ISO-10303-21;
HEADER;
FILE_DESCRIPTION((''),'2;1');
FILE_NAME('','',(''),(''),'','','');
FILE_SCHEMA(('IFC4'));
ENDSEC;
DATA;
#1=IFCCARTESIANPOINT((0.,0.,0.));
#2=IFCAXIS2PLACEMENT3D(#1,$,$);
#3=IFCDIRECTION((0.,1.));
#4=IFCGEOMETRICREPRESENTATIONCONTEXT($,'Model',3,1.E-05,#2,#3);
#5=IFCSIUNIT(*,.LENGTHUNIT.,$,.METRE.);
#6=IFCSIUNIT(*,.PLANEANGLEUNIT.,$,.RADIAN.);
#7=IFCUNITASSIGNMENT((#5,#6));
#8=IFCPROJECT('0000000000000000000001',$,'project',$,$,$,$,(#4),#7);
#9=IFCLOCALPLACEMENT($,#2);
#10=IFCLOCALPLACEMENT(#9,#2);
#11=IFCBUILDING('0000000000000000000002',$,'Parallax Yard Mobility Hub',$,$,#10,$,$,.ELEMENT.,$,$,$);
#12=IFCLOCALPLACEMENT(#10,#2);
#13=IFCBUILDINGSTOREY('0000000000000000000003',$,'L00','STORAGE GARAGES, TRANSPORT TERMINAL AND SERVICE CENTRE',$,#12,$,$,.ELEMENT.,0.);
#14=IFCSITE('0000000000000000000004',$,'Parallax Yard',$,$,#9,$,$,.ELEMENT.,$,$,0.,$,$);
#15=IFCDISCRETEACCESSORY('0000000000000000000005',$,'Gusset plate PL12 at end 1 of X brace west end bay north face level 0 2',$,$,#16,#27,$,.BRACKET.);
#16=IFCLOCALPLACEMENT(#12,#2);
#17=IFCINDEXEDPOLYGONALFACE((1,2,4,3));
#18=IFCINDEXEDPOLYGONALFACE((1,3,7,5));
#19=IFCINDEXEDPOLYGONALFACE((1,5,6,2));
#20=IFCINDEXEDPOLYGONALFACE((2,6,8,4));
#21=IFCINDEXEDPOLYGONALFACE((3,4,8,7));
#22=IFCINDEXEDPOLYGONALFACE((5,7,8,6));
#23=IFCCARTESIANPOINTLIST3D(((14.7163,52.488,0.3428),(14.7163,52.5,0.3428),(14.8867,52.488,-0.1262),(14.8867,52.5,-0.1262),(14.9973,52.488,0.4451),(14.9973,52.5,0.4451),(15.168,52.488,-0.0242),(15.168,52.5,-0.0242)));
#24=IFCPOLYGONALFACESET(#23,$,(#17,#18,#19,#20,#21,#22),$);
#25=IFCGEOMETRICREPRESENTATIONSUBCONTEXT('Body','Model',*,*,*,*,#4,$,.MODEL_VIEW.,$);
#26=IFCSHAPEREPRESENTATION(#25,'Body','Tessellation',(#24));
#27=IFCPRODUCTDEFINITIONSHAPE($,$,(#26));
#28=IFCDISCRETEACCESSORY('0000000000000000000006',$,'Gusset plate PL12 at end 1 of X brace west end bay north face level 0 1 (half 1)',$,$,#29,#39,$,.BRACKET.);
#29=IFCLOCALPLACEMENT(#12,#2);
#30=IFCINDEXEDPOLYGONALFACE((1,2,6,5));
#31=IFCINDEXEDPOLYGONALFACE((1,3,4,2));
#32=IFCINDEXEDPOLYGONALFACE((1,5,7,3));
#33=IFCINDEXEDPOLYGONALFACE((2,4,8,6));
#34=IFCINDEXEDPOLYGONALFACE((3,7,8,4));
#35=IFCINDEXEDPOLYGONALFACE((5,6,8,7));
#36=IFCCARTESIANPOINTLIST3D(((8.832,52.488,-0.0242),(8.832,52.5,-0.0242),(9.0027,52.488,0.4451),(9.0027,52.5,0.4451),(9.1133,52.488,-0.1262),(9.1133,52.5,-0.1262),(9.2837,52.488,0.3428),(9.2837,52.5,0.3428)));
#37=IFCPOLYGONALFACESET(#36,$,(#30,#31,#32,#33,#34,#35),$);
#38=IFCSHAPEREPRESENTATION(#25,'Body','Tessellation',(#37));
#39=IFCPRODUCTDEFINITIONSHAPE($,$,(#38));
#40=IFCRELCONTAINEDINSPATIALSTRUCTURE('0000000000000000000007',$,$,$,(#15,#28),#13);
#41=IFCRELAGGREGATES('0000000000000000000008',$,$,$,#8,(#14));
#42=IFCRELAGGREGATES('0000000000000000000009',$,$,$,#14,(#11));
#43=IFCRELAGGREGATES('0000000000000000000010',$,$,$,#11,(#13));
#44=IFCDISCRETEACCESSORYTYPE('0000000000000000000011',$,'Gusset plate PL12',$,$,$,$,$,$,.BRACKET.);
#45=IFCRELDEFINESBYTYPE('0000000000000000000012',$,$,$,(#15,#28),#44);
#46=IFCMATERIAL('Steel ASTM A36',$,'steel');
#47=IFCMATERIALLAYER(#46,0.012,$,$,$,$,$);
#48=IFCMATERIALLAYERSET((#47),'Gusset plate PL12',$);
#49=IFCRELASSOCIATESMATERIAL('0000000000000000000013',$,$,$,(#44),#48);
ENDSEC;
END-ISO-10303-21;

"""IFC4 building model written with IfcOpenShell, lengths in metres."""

from ifc_helpers import new_model, si_unit, direction, frame, origin, place, context, subcontext, project, spatial, polyline, outline, extrude, material, layer, layer_set, type_object, element, save


model = new_model("IFC4")

# Units and contexts
model_context = context("Model", 3, precision=1e-05, world=origin(), true_north=direction((0.0, 1.0)))
body_context = subcontext(model_context, "Body", "Model", "MODEL_VIEW")
ifc_project = project(units=[si_unit("LENGTHUNIT", "METRE"), si_unit("PLANEANGLEUNIT", "RADIAN")], contexts=[model_context])

# Site, building, storey
site_placement = place(None, origin())
site = spatial("IfcSite", under=ifc_project, at=site_placement, Name="Parallax Yard", CompositionType="ELEMENT", RefElevation=0.0)
building_placement = place(site_placement, origin())
building = spatial("IfcBuilding", under=site, at=building_placement, Name="Parallax Yard Mobility Hub", CompositionType="ELEMENT")
storey_placement = place(building_placement, origin())
storey = spatial("IfcBuildingStorey", under=building, at=storey_placement, Name="L00", Description="STORAGE GARAGES, TRANSPORT TERMINAL AND SERVICE CENTRE", CompositionType="ELEMENT", Elevation=0.0)

# Discrete accessories
ifc_material_1 = material(Name="Steel ASTM A36", Category="steel")
ifc_layer_1 = layer(ifc_material_1, 0.012)
ifc_layer_set_1 = layer_set([ifc_layer_1], Name="Gusset plate PL12")
discrete_accessory_type = type_object("IfcDiscreteAccessoryType", Name="Gusset plate PL12", PredefinedType="BRACKET", material=ifc_layer_set_1)
discrete_accessory_1_placement = place(storey_placement, frame((14.9973, 52.5, 0.4451), z_axis=(0.0, 1.0, 0.0), x_axis=(0.341782, 0.0, -0.939779)))
element("IfcDiscreteAccessory", 1, at=discrete_accessory_1_placement, inside=storey, type_object=discrete_accessory_type, Name="Gusset plate PL12 at end 1 of X brace west end bay north face level 0 2", PredefinedType="BRACKET", context=body_context, shape_type="SweptSolid", body=[
    extrude(outline(polyline([(0.0, 0.0), (0.4993, 0.0), (0.4991, 0.2992), (0.0001, 0.299), (0.0, 0.0)])), origin(), (0.0, 0.0, -1.0), 0.012),
])
discrete_accessory_2_placement = place(storey_placement, frame((9.2837, 52.5, 0.3428), z_axis=(0.0, 1.0, 0.0), x_axis=(-0.341507, 0.0, -0.939879)))
element("IfcDiscreteAccessory", 2, at=discrete_accessory_2_placement, inside=storey, type_object=discrete_accessory_type, Name="Gusset plate PL12 at end 1 of X brace west end bay north face level 0 1 (half 1)", PredefinedType="BRACKET", context=body_context, shape_type="SweptSolid", body=[
    extrude(outline(polyline([(0.0, 0.0), (0.499, 0.0), (0.4991, 0.2992), (-0.0002, 0.299), (0.0, 0.0)])), origin(), (0.0, 0.0, -1.0), 0.012),
])

save(model, "model.ifc")
